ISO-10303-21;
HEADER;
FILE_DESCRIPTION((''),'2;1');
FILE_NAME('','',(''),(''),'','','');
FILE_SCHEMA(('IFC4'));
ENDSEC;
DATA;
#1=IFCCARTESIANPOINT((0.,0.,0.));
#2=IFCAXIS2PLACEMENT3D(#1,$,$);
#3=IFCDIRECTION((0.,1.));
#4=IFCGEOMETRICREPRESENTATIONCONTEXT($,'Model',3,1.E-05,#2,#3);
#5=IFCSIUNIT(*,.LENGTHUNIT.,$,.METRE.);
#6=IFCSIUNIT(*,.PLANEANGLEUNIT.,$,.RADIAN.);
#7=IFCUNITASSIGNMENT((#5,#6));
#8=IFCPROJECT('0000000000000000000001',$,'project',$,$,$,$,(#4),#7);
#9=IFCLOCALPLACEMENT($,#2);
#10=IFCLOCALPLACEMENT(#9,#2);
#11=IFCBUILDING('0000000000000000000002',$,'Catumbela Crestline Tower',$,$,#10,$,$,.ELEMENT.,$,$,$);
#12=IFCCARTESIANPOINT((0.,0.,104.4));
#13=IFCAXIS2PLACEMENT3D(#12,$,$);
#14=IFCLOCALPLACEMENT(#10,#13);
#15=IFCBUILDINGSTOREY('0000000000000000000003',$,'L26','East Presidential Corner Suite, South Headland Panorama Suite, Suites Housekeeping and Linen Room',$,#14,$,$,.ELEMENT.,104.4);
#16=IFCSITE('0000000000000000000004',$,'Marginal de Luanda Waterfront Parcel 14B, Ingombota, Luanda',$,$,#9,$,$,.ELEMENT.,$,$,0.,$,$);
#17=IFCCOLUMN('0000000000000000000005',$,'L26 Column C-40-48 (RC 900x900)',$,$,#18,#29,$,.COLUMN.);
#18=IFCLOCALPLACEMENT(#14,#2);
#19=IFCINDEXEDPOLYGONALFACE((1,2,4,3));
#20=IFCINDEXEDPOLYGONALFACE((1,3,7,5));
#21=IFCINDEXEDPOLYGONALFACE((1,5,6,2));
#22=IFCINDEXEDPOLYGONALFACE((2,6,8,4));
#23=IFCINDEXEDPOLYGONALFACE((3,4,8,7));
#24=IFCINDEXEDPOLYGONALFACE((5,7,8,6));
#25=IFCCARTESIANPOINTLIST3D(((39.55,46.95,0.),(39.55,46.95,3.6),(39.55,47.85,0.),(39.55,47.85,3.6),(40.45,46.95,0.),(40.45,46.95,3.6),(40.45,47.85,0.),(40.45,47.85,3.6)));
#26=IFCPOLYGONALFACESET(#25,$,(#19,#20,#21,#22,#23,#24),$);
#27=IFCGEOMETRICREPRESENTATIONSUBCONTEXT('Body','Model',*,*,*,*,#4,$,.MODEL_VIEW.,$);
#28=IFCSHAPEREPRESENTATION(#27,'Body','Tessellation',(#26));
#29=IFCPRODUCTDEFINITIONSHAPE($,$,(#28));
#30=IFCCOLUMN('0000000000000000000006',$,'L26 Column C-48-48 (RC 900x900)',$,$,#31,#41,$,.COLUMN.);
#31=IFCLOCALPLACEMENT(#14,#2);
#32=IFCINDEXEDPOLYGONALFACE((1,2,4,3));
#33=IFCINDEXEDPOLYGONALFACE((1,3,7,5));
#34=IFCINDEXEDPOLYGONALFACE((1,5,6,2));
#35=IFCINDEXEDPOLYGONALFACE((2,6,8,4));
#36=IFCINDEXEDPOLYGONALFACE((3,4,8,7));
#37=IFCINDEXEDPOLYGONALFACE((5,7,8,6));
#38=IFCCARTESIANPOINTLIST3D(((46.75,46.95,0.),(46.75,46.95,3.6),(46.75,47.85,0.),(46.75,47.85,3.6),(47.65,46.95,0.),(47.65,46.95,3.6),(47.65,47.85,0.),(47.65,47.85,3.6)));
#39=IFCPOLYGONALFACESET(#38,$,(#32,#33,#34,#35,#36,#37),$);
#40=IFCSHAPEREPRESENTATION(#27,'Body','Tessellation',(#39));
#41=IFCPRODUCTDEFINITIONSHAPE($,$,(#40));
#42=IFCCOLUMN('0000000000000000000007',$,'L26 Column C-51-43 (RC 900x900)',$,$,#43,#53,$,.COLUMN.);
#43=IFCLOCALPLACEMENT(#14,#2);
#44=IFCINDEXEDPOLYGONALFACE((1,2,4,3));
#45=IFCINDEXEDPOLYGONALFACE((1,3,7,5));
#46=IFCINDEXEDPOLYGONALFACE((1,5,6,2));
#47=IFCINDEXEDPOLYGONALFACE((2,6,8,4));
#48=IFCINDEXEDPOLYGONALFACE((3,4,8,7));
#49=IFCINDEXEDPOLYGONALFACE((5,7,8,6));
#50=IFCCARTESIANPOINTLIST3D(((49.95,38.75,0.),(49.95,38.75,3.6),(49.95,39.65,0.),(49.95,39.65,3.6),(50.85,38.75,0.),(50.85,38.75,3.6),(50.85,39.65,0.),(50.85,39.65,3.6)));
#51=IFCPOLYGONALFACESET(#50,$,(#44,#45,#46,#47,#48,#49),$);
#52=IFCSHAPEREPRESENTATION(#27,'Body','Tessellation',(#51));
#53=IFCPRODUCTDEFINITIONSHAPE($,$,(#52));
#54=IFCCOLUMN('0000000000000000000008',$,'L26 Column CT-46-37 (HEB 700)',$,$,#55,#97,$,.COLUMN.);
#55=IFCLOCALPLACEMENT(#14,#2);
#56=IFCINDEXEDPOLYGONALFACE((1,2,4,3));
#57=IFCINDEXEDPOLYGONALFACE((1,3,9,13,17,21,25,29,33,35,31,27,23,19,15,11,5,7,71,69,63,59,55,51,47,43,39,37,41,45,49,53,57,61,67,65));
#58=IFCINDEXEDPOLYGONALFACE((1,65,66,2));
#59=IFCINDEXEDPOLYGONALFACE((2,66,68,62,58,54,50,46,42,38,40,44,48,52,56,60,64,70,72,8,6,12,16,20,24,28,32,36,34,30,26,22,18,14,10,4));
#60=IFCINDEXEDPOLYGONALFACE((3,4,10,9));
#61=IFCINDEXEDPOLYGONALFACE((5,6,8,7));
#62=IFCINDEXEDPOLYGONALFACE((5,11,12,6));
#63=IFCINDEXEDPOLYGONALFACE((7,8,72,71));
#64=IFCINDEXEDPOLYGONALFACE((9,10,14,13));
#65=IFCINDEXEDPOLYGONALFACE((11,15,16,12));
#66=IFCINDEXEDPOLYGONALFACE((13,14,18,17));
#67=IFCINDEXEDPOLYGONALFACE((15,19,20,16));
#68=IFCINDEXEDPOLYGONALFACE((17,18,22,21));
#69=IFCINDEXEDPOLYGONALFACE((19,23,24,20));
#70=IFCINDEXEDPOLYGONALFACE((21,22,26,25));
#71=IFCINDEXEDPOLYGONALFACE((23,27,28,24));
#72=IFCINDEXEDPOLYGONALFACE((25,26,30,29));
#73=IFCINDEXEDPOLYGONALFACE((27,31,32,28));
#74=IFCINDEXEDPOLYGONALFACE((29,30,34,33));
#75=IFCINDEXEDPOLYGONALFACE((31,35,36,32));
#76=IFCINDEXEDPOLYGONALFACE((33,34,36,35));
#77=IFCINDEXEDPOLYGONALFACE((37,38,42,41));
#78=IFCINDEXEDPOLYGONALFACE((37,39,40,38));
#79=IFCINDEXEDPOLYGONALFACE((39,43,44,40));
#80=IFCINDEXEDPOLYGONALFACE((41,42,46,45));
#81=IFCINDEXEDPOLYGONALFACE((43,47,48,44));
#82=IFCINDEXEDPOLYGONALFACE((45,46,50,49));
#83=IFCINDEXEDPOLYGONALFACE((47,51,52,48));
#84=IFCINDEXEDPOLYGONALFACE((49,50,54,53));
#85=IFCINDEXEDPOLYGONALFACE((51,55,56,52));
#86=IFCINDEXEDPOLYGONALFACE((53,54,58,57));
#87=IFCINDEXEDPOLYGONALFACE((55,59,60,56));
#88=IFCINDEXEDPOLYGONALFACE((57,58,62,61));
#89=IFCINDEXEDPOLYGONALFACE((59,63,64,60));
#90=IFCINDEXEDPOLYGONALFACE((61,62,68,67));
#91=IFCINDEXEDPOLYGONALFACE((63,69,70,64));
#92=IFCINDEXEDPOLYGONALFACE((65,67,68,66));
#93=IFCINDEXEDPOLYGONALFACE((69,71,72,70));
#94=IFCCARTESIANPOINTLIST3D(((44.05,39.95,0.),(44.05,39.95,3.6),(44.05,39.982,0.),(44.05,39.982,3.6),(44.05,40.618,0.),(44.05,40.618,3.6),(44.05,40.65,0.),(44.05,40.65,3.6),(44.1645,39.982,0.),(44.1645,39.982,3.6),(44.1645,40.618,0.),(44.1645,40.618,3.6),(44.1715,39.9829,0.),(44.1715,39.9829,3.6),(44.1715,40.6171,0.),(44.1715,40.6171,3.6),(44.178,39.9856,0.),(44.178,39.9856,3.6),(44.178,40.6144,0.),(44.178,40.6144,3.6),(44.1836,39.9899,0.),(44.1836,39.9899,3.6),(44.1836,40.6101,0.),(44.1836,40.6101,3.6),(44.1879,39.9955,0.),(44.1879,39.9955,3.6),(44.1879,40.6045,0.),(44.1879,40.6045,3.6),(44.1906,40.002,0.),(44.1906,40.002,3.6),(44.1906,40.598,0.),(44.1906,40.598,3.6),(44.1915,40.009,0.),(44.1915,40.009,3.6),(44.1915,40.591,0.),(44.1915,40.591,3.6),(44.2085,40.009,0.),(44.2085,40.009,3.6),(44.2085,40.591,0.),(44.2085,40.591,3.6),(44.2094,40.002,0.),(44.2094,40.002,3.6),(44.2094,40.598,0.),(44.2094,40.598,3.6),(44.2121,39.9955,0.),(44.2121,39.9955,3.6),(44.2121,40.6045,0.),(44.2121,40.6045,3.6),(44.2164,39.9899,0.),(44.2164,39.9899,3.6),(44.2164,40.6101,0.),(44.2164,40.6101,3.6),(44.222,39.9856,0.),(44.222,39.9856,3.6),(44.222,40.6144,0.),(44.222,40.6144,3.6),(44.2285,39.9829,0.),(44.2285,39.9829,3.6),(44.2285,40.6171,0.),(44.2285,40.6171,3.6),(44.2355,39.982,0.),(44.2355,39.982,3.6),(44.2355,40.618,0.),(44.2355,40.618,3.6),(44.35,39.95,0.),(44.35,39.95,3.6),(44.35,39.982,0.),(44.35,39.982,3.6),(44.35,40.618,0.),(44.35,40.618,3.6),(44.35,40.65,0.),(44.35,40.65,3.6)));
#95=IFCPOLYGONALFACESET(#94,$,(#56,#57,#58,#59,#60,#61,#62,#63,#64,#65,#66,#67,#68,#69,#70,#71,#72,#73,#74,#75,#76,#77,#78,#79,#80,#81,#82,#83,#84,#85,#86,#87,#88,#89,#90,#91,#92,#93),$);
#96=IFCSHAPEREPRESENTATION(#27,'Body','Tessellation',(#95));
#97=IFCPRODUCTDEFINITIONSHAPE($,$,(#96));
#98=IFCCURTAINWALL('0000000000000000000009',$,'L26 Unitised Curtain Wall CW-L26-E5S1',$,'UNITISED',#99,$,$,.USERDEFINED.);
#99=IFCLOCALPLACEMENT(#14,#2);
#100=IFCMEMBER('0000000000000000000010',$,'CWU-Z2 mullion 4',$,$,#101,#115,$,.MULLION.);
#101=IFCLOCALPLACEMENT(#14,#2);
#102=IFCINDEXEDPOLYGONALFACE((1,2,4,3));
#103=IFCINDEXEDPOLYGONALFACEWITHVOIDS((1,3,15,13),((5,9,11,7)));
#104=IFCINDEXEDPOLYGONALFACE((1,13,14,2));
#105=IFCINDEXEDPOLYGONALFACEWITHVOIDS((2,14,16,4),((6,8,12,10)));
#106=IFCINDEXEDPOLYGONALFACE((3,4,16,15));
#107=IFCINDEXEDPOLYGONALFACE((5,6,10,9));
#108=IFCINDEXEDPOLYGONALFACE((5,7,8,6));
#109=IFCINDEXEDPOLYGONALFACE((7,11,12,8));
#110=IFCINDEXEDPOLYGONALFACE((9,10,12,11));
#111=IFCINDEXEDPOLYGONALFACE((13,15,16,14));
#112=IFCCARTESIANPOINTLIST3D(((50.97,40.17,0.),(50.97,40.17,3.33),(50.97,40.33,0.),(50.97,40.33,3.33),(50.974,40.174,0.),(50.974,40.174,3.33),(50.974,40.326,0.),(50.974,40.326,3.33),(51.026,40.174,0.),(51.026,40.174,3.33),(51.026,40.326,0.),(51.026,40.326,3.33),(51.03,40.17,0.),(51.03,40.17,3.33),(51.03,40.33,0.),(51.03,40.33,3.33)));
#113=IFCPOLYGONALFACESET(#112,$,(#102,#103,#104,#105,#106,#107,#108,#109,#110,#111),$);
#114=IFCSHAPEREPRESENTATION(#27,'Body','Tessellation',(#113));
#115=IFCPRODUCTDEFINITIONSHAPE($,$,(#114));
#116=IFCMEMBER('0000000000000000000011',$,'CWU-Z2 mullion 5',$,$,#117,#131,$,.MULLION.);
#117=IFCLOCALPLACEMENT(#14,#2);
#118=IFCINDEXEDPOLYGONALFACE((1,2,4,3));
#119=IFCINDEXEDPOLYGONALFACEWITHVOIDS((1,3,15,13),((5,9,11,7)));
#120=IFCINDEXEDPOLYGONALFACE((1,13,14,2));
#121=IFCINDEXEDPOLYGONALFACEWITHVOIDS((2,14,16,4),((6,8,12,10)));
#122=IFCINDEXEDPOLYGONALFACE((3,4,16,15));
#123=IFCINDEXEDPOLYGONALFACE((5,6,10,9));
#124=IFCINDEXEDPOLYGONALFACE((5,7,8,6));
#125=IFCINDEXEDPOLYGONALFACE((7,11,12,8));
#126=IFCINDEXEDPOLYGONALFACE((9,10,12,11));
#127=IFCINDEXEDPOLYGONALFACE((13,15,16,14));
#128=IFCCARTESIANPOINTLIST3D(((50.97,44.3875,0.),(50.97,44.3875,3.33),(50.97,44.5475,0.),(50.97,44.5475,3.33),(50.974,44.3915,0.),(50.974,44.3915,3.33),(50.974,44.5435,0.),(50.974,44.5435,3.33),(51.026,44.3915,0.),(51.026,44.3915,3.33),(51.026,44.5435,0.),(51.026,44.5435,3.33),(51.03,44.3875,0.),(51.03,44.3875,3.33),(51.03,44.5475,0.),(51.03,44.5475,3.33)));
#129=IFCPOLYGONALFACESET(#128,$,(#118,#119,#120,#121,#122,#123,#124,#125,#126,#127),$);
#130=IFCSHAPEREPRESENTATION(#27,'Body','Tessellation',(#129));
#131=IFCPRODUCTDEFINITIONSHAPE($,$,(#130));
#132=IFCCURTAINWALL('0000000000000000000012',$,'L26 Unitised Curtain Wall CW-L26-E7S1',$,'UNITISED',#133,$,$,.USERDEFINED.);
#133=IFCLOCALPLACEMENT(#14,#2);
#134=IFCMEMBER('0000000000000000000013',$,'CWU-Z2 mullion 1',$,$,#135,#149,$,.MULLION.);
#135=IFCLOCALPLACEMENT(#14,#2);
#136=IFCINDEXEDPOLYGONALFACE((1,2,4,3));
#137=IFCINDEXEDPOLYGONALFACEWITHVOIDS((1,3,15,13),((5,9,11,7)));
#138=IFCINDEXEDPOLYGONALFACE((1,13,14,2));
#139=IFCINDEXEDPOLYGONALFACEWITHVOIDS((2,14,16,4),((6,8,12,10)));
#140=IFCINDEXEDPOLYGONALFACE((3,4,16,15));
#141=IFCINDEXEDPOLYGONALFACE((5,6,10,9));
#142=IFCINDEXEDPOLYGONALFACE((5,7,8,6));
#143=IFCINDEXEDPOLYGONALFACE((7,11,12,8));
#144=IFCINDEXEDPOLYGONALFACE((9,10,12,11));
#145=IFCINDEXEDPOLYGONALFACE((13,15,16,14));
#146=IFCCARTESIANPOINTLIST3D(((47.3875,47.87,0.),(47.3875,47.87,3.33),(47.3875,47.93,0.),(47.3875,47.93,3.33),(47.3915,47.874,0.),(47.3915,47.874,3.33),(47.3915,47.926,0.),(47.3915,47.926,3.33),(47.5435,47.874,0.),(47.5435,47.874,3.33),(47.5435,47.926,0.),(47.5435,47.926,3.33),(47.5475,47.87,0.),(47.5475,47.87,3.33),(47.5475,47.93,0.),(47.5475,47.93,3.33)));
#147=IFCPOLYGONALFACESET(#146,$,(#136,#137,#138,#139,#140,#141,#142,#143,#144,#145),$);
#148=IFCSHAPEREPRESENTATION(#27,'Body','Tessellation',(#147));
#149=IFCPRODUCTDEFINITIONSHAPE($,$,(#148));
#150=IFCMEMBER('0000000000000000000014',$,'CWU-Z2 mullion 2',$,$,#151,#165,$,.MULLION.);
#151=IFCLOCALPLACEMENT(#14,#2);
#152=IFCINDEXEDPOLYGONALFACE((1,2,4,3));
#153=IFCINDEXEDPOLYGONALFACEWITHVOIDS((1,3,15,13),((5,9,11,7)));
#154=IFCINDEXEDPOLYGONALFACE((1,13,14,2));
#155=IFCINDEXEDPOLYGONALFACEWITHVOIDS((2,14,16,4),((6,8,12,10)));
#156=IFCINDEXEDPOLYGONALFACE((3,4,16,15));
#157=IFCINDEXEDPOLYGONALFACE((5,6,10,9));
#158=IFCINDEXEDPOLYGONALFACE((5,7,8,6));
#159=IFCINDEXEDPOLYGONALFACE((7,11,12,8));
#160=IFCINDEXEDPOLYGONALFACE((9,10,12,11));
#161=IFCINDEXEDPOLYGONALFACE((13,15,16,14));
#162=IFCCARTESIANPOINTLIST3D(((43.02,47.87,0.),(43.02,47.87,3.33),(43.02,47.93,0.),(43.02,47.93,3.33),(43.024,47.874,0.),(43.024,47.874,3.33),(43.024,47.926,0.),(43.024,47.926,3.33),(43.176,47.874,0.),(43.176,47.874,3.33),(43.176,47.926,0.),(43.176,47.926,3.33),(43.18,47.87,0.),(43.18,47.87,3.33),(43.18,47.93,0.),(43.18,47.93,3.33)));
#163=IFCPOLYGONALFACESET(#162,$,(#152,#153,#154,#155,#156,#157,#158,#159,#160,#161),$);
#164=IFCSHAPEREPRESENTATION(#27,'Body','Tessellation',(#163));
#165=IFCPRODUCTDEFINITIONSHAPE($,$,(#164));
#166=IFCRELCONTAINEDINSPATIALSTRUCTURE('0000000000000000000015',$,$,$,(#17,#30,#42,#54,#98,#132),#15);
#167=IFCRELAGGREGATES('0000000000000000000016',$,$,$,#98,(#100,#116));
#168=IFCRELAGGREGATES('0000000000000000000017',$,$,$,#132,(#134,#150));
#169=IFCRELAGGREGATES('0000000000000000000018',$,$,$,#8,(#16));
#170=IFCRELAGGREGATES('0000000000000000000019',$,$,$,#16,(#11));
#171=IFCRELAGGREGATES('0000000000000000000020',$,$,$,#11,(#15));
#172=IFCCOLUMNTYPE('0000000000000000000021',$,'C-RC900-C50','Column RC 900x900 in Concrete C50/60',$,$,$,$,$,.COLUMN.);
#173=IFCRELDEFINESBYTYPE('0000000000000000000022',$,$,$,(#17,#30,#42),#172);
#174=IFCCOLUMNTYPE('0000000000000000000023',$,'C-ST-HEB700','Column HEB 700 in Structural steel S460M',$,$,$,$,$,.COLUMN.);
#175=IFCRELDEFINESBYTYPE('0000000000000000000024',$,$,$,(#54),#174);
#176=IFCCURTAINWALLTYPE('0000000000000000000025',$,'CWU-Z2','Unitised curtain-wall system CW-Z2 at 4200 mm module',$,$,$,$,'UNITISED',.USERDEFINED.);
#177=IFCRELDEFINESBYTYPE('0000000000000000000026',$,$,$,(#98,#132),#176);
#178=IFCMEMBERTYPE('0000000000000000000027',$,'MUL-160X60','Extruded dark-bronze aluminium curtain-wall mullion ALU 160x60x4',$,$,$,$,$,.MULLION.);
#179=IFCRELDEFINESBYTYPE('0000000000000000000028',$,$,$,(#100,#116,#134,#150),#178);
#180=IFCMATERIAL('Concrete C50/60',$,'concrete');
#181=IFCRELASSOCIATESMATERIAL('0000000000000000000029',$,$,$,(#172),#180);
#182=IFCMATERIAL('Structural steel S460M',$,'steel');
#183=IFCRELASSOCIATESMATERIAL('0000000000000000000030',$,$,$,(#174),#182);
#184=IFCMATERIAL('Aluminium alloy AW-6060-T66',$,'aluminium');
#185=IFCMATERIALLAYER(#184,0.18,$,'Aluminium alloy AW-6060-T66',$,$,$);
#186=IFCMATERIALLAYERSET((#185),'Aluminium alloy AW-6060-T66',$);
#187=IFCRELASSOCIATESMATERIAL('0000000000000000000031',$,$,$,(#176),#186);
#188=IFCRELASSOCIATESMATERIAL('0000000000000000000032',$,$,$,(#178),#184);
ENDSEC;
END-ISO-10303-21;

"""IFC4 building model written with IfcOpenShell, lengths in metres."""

from ifc_helpers import new_model, si_unit, direction, frame, origin, origin_2d, place, context, subcontext, project, spatial, rectangle, hollow_rectangle, i_section, extrude, material, layer, layer_set, material_profile, profile_set, type_object, element, aggregate, save


model = new_model("IFC4")

# Units and contexts
model_context = context("Model", 3, precision=1e-05, world=origin(), true_north=direction((0.0, 1.0)))
body_context = subcontext(model_context, "Body", "Model", "MODEL_VIEW")
ifc_project = project(units=[si_unit("LENGTHUNIT", "METRE"), si_unit("PLANEANGLEUNIT", "RADIAN")], contexts=[model_context])

# Site, building, storey
site_placement = place(None, origin())
site = spatial("IfcSite", under=ifc_project, at=site_placement, Name="Marginal de Luanda Waterfront Parcel 14B, Ingombota, Luanda", CompositionType="ELEMENT", RefElevation=0.0)
building_placement = place(site_placement, origin())
building = spatial("IfcBuilding", under=site, at=building_placement, Name="Catumbela Crestline Tower", CompositionType="ELEMENT")
storey_placement = place(building_placement, frame((0.0, 0.0, 104.4)))
storey = spatial("IfcBuildingStorey", under=building, at=storey_placement, Name="L26", Description="East Presidential Corner Suite, South Headland Panorama Suite, Suites Housekeeping and Linen Room", CompositionType="ELEMENT", Elevation=104.4)

# Columns
ifc_material_1 = material(Name="Concrete C50/60", Category="concrete")
ifc_material_profile_1 = material_profile(ifc_material_1, rectangle(XDim=0.9, YDim=0.9, at=origin_2d()), Name="RC 900x900")
ifc_profile_set_1 = profile_set([ifc_material_profile_1], Name="Concrete C50/60")
column_type_1 = type_object("IfcColumnType", Name="C-RC900-C50", Description="Column RC 900x900 in Concrete C50/60", PredefinedType="COLUMN", material=ifc_profile_set_1)
for number, where, z_axis, x_axis, name in (
    (1, (40.0, 47.4, 0.0), (0.0, 0.0, 1.0), (1.0, 0.0, 0.0), "L26 Column C-40-48 (RC 900x900)"),
    (2, (47.2, 47.4, 0.0), (0.0, 0.0, 1.0), (1.0, 0.0, 0.0), "L26 Column C-48-48 (RC 900x900)"),
    (3, (50.4, 39.2, 0.0), (0.0, 0.0, 1.0), (1.0, 0.0, 0.0), "L26 Column C-51-43 (RC 900x900)"),
):
    element("IfcColumn", number, at=place(storey_placement, frame(where, z_axis=z_axis, x_axis=x_axis)), inside=storey, type_object=column_type_1, Name=name, PredefinedType="COLUMN", context=body_context, shape_type="SweptSolid", body=[
        extrude(rectangle(XDim=0.9, YDim=0.9, at=origin_2d()), origin(), (0.0, 0.0, 1.0), 3.6),
    ])
ifc_material_2 = material(Name="Structural steel S460M", Category="steel")
ifc_material_profile_2 = material_profile(ifc_material_2, i_section(OverallWidth=0.3, OverallDepth=0.7, WebThickness=0.017, FlangeThickness=0.032, FilletRadius=0.027, at=origin_2d()), Name="HEB 700")
ifc_profile_set_2 = profile_set([ifc_material_profile_2], Name="Structural steel S460M")
column_type_2 = type_object("IfcColumnType", Name="C-ST-HEB700", Description="Column HEB 700 in Structural steel S460M", PredefinedType="COLUMN", material=ifc_profile_set_2)
column_placement = place(storey_placement, frame((44.2, 40.3, 0.0), z_axis=(0.0, 0.0, 1.0), x_axis=(1.0, 0.0, 0.0)))
element("IfcColumn", 4, at=column_placement, inside=storey, type_object=column_type_2, Name="L26 Column CT-46-37 (HEB 700)", PredefinedType="COLUMN", context=body_context, shape_type="SweptSolid", body=[
    extrude(i_section(OverallWidth=0.3, OverallDepth=0.7, WebThickness=0.017, FlangeThickness=0.032, FilletRadius=0.027, at=origin_2d()), origin(), (0.0, 0.0, 1.0), 3.6),
])

# Curtain walls, members
ifc_material_3 = material(Name="Aluminium alloy AW-6060-T66", Category="aluminium")
ifc_layer_1 = layer(ifc_material_3, 0.18, Name="Aluminium alloy AW-6060-T66")
ifc_layer_set_1 = layer_set([ifc_layer_1], Name="Aluminium alloy AW-6060-T66")
curtain_wall_type = type_object("IfcCurtainWallType", Name="CWU-Z2", Description="Unitised curtain-wall system CW-Z2 at 4200 mm module", ElementType="UNITISED", PredefinedType="USERDEFINED", material=ifc_layer_set_1)
curtain_wall_1_placement = place(storey_placement, origin())
curtain_wall_1 = element("IfcCurtainWall", 5, at=curtain_wall_1_placement, inside=storey, type_object=curtain_wall_type, Name="L26 Unitised Curtain Wall CW-L26-E5S1", ObjectType="UNITISED", PredefinedType="USERDEFINED")
ifc_material_profile_3 = material_profile(ifc_material_3, hollow_rectangle(XDim=0.06, YDim=0.16, WallThickness=0.004, at=origin_2d()), Name="ALU 160x60x4")
ifc_profile_set_3 = profile_set([ifc_material_profile_3], Name="Aluminium alloy AW-6060-T66")
member_type_1 = type_object("IfcMemberType", Name="MUL-160X60", Description="Extruded dark-bronze aluminium curtain-wall mullion ALU 160x60x4", PredefinedType="MULLION", material=ifc_profile_set_3)
member_1_placement = place(storey_placement, frame((51.0, 40.25, 0.0), z_axis=(0.0, 0.0, 1.0), x_axis=(-1.0, 0.0, 0.0)))
member_1 = element("IfcMember", 6, at=member_1_placement, type_object=member_type_1, Name="CWU-Z2 mullion 4", PredefinedType="MULLION", context=body_context, shape_type="SweptSolid", body=[
    extrude(hollow_rectangle(XDim=0.06, YDim=0.16, WallThickness=0.004, at=origin_2d()), origin(), (0.0, 0.0, 1.0), 3.33),
])
member_2_placement = place(storey_placement, frame((51.0, 44.4675, 0.0), z_axis=(0.0, 0.0, 1.0), x_axis=(-1.0, 0.0, 0.0)))
member_2 = element("IfcMember", 7, at=member_2_placement, type_object=member_type_1, Name="CWU-Z2 mullion 5", PredefinedType="MULLION", context=body_context, shape_type="SweptSolid", body=[
    extrude(hollow_rectangle(XDim=0.06, YDim=0.16, WallThickness=0.004, at=origin_2d()), origin(), (0.0, 0.0, 1.0), 3.33),
])
curtain_wall_2_placement = place(storey_placement, origin())
curtain_wall_2 = element("IfcCurtainWall", 8, at=curtain_wall_2_placement, inside=storey, type_object=curtain_wall_type, Name="L26 Unitised Curtain Wall CW-L26-E7S1", ObjectType="UNITISED", PredefinedType="USERDEFINED")
member_3_placement = place(storey_placement, frame((47.4675, 47.9, 0.0), z_axis=(0.0, 0.0, 1.0), x_axis=(0.0, -1.0, 0.0)))
member_3 = element("IfcMember", 9, at=member_3_placement, type_object=member_type_1, Name="CWU-Z2 mullion 1", PredefinedType="MULLION", context=body_context, shape_type="SweptSolid", body=[
    extrude(hollow_rectangle(XDim=0.06, YDim=0.16, WallThickness=0.004, at=origin_2d()), origin(), (0.0, 0.0, 1.0), 3.33),
])
member_4_placement = place(storey_placement, frame((43.1, 47.9, 0.0), z_axis=(0.0, 0.0, 1.0), x_axis=(0.0, -1.0, 0.0)))
member_4 = element("IfcMember", 10, at=member_4_placement, type_object=member_type_1, Name="CWU-Z2 mullion 2", PredefinedType="MULLION", context=body_context, shape_type="SweptSolid", body=[
    extrude(hollow_rectangle(XDim=0.06, YDim=0.16, WallThickness=0.004, at=origin_2d()), origin(), (0.0, 0.0, 1.0), 3.33),
])

aggregate(curtain_wall_1, [member_1, member_2])
aggregate(curtain_wall_2, [member_3, member_4])

save(model, "model.ifc")
